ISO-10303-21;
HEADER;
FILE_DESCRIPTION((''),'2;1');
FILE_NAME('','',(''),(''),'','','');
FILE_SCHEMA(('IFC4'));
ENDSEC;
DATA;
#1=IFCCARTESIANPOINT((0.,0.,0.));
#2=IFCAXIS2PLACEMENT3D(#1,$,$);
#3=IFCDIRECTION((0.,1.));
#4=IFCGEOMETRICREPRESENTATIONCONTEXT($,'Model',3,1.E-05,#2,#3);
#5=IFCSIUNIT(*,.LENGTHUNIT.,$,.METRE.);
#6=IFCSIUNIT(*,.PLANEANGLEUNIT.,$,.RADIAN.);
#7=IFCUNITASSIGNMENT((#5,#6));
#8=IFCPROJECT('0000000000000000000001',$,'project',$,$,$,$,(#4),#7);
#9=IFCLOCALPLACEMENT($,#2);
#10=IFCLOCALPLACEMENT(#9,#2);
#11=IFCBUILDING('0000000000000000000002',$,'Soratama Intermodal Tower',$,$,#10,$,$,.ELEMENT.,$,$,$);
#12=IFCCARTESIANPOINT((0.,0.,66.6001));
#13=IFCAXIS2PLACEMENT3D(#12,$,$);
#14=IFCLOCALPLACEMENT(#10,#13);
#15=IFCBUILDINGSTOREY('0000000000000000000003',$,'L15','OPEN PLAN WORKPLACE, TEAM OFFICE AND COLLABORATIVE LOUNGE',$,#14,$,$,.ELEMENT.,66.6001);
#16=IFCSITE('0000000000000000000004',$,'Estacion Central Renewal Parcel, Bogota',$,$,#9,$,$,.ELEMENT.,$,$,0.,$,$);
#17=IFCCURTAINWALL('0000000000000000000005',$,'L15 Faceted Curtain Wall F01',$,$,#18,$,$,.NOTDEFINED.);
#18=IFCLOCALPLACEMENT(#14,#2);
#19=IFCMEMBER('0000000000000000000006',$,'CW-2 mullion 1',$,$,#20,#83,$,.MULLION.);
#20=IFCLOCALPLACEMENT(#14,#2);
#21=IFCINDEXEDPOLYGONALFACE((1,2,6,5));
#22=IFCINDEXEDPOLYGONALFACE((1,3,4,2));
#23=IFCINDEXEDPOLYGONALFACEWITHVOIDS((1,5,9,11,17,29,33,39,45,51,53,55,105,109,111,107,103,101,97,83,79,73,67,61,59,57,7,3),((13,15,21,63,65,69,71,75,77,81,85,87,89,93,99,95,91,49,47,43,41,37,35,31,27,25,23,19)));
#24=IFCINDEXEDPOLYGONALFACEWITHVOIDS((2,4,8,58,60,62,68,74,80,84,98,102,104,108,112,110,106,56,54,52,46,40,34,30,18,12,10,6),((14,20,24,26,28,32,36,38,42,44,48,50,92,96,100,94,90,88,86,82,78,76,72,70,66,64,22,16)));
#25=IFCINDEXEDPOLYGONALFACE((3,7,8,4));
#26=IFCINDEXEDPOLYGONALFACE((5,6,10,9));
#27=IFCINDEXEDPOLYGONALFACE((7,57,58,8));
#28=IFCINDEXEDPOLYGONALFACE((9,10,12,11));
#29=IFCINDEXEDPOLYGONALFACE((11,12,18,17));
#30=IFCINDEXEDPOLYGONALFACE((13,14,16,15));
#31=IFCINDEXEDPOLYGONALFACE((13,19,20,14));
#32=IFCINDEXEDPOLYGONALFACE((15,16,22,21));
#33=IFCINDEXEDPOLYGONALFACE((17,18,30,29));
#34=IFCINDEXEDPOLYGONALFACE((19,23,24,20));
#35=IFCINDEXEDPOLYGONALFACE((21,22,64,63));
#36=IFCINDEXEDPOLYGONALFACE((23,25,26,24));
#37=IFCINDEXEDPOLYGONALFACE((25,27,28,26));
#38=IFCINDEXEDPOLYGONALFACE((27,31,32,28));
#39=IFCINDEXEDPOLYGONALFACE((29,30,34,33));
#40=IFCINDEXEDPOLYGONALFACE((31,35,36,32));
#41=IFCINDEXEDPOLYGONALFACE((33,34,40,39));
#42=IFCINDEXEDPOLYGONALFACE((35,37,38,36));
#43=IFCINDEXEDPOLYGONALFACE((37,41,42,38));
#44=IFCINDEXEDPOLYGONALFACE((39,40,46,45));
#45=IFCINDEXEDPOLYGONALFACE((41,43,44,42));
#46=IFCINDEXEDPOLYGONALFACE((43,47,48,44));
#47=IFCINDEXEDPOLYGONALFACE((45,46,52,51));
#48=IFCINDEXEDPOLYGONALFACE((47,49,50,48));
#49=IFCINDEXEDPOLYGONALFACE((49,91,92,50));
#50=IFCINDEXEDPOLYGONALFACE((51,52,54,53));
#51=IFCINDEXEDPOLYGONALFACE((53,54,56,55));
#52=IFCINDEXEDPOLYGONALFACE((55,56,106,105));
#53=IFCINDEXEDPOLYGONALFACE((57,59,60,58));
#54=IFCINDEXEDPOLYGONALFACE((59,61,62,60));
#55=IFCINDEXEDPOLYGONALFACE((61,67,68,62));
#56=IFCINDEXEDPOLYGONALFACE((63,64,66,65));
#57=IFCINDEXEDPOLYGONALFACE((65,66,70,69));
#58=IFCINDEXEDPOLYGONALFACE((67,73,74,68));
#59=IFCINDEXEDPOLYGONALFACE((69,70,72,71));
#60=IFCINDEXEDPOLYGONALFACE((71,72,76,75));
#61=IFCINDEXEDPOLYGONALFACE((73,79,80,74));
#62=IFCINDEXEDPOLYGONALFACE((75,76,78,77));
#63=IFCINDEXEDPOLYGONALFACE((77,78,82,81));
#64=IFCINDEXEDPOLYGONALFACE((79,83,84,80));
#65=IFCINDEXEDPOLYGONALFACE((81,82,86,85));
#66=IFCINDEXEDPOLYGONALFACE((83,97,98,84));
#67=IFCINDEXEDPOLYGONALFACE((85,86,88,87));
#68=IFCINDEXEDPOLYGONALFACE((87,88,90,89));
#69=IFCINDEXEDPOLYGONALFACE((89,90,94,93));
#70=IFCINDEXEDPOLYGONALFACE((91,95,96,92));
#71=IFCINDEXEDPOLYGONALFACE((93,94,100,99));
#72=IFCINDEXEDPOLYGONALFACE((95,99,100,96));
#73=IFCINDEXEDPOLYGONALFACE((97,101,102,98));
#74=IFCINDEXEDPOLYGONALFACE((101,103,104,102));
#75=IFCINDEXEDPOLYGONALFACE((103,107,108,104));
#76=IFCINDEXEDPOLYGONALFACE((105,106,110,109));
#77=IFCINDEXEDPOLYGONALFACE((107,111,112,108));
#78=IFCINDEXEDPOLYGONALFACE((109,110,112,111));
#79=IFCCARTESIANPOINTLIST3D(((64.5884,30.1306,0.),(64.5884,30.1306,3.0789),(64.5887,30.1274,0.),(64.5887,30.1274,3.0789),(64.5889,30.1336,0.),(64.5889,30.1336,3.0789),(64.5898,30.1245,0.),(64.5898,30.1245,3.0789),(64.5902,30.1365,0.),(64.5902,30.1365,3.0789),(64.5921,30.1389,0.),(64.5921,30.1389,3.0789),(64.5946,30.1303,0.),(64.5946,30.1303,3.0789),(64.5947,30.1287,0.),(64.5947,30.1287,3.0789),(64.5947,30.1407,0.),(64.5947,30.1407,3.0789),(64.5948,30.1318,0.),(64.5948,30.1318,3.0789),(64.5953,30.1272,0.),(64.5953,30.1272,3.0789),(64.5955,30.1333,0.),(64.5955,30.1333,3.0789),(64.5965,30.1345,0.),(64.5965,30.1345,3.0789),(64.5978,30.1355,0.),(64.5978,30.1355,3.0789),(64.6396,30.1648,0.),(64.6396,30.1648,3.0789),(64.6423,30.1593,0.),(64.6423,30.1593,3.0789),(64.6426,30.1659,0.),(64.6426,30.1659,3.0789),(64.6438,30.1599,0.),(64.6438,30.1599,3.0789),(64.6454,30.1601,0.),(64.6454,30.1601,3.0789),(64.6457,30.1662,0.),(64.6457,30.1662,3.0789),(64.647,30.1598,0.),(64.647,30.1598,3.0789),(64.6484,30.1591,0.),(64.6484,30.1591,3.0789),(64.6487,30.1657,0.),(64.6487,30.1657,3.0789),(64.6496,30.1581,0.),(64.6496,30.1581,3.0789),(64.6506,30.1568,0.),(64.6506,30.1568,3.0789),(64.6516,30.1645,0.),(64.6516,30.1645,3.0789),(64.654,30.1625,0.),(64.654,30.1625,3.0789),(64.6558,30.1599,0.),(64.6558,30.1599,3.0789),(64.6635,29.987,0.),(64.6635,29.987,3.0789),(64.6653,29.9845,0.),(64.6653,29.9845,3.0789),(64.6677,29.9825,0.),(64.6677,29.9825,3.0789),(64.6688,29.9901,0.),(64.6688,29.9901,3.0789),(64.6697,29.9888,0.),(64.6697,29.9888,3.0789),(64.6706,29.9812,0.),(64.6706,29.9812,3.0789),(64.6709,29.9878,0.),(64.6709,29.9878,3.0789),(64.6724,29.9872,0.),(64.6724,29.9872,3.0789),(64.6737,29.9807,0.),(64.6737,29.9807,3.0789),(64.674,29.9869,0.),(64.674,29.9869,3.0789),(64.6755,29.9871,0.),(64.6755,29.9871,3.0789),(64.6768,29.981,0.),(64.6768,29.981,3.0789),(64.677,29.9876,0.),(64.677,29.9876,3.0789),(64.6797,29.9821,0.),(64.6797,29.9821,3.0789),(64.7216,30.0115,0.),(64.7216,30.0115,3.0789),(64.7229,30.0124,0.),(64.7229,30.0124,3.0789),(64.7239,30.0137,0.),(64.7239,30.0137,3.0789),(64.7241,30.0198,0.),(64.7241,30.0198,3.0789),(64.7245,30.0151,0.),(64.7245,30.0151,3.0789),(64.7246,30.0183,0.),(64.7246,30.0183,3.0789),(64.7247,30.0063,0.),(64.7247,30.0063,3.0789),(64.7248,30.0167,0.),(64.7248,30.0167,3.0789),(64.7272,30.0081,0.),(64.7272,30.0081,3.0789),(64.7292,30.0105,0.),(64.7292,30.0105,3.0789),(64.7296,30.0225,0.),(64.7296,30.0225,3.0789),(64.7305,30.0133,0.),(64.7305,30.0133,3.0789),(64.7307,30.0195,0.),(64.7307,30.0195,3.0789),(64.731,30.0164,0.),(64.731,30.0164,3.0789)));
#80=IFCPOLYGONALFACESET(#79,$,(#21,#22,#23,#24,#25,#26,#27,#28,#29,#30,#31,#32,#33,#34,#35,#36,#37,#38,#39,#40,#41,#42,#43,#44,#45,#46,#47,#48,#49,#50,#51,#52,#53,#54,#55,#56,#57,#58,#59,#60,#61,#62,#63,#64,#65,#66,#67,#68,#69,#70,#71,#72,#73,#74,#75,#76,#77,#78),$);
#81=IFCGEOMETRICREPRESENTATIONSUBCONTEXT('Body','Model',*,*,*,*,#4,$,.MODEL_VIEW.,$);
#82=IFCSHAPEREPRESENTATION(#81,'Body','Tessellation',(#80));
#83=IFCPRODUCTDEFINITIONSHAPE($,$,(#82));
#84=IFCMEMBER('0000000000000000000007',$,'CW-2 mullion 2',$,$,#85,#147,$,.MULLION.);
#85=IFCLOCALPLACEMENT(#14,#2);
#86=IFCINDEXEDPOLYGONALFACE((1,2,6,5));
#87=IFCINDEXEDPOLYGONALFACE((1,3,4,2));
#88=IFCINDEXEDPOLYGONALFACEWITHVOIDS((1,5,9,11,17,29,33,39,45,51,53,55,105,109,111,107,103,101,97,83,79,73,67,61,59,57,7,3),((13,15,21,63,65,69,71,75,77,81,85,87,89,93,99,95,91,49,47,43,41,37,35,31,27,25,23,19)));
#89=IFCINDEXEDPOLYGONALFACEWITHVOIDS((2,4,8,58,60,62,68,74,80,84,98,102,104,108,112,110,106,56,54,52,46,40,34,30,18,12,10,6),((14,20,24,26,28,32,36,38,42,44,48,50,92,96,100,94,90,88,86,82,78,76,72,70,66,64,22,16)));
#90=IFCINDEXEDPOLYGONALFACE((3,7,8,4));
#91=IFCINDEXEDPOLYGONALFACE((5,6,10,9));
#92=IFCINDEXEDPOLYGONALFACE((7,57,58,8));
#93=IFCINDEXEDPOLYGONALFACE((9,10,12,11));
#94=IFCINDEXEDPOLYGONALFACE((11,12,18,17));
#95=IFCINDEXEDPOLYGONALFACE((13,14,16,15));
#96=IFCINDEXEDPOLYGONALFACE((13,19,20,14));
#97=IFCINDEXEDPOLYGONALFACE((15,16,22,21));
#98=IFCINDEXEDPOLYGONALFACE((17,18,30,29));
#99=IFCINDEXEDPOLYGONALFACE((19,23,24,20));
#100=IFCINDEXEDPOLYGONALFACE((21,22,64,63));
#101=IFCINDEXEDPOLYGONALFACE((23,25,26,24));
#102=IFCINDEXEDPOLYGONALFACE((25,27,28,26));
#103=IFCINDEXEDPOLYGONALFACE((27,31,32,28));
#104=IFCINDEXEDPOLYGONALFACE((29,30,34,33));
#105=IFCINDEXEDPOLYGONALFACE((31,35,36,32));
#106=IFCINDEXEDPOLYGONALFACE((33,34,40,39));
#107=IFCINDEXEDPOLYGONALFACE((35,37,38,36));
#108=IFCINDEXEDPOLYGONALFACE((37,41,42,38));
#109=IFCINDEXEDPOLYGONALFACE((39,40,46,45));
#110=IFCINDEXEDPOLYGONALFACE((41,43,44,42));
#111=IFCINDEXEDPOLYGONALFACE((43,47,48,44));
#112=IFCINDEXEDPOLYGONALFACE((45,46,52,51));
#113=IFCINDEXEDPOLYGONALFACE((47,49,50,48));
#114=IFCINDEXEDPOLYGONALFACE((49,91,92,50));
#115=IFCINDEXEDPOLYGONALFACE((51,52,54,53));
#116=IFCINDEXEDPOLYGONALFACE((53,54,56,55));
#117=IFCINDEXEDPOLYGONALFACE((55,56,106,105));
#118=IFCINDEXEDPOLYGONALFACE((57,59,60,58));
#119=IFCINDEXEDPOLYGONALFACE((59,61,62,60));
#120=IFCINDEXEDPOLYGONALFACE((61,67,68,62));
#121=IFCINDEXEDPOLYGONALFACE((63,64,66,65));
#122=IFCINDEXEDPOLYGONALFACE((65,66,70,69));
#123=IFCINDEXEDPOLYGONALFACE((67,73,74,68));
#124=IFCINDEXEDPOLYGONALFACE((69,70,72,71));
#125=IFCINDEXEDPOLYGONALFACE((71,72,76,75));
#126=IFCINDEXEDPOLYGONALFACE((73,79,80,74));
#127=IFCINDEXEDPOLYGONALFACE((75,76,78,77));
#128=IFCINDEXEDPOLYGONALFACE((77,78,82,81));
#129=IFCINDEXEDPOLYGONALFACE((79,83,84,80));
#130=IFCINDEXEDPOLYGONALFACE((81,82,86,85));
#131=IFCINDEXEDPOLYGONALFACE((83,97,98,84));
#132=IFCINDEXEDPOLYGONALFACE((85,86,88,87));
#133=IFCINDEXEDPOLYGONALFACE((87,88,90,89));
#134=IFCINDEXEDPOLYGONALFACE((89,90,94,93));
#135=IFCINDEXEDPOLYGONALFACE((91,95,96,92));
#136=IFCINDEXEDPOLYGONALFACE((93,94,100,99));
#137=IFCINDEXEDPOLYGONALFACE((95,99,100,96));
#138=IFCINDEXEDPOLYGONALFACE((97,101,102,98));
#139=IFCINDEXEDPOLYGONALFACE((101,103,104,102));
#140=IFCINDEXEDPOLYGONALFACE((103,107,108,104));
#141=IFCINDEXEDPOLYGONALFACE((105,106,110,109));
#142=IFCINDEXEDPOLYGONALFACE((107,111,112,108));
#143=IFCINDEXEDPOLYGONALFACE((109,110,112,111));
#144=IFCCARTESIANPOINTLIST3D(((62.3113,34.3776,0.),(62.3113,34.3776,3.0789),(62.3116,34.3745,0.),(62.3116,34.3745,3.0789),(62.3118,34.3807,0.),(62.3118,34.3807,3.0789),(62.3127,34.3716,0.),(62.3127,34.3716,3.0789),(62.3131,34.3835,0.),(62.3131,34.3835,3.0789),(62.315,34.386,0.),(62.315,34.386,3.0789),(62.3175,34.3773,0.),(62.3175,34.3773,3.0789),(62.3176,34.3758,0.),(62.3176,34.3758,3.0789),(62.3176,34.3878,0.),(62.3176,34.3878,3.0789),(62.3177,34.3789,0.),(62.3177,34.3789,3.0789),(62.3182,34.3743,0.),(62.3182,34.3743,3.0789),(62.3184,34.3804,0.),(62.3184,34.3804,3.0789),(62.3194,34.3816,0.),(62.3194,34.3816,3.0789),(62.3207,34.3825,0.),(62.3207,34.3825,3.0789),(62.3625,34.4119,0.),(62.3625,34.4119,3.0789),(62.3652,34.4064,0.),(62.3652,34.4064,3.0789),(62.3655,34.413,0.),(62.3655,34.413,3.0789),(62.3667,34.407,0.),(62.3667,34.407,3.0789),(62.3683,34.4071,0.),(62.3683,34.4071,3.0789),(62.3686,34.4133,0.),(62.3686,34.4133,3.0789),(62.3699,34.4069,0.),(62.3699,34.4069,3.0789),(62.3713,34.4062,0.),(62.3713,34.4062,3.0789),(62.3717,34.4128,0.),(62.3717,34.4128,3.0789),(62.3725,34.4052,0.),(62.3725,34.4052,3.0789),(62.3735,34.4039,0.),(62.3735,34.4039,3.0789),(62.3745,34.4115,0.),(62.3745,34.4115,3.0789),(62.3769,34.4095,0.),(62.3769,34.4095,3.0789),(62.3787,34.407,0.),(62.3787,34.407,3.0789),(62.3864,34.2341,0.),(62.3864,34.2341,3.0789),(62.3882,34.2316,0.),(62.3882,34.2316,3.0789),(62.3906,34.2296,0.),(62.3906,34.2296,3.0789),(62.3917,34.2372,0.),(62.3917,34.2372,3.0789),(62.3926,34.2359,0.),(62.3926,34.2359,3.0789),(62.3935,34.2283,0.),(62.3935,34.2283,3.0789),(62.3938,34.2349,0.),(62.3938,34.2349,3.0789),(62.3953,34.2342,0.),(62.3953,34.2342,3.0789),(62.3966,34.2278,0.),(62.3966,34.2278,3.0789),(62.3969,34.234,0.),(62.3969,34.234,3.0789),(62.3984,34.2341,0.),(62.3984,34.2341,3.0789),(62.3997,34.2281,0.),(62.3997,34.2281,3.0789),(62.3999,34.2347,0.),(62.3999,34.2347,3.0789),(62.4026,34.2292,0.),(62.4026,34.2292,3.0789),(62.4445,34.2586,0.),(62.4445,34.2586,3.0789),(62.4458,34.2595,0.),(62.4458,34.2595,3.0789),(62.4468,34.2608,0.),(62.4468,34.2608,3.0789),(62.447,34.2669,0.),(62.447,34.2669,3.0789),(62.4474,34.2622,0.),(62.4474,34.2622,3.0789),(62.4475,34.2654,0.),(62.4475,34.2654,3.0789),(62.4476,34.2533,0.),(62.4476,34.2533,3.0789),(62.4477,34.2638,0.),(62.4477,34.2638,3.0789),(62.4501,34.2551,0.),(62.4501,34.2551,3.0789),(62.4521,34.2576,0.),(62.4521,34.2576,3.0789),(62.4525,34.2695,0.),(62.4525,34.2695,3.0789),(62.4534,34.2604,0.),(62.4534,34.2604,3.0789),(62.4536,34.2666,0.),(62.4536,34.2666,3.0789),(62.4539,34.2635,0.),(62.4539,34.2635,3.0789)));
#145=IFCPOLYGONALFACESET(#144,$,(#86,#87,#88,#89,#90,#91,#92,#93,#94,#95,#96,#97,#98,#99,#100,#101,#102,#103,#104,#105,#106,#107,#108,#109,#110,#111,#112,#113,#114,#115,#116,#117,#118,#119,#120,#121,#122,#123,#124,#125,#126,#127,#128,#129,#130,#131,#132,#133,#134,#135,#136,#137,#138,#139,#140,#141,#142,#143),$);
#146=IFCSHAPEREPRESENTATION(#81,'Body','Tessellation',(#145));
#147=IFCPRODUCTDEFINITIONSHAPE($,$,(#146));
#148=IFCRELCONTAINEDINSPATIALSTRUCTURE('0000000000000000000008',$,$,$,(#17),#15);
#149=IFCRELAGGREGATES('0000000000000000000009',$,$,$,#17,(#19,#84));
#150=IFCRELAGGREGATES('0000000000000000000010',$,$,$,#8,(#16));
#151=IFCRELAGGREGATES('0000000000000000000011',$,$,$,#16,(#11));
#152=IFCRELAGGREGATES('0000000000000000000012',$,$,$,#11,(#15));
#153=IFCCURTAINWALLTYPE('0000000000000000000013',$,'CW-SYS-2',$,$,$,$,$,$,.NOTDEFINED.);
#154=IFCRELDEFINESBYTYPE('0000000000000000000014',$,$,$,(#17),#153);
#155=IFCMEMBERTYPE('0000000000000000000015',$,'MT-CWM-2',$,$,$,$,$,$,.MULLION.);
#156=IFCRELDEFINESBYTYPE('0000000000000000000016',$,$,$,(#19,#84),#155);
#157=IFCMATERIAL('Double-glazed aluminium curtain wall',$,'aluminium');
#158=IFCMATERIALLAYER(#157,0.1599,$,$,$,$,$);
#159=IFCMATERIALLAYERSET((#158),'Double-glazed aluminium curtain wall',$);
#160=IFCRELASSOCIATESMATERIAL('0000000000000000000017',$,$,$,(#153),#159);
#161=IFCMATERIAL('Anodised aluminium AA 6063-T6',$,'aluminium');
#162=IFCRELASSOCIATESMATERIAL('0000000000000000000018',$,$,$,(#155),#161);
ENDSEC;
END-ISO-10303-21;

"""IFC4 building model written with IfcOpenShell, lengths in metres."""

from ifc_helpers import new_model, si_unit, direction, frame, origin, origin_2d, place, context, subcontext, project, spatial, hollow_rectangle, extrude, material, layer, layer_set, material_profile, profile_set, type_object, element, aggregate, save


model = new_model("IFC4")

# Units and contexts
model_context = context("Model", 3, precision=1e-05, world=origin(), true_north=direction((0.0, 1.0)))
body_context = subcontext(model_context, "Body", "Model", "MODEL_VIEW")
ifc_project = project(units=[si_unit("LENGTHUNIT", "METRE"), si_unit("PLANEANGLEUNIT", "RADIAN")], contexts=[model_context])

# Site, building, storey
site_placement = place(None, origin())
site = spatial("IfcSite", under=ifc_project, at=site_placement, Name="Estacion Central Renewal Parcel, Bogota", CompositionType="ELEMENT", RefElevation=0.0)
building_placement = place(site_placement, origin())
building = spatial("IfcBuilding", under=site, at=building_placement, Name="Soratama Intermodal Tower", CompositionType="ELEMENT")
storey_placement = place(building_placement, frame((0.0, 0.0, 66.6001)))
storey = spatial("IfcBuildingStorey", under=building, at=storey_placement, Name="L15", Description="OPEN PLAN WORKPLACE, TEAM OFFICE AND COLLABORATIVE LOUNGE", CompositionType="ELEMENT", Elevation=66.6001)

# Curtain wall, members
ifc_material_1 = material(Name="Double-glazed aluminium curtain wall", Category="aluminium")
ifc_layer_1 = layer(ifc_material_1, 0.1599)
ifc_layer_set_1 = layer_set([ifc_layer_1], Name="Double-glazed aluminium curtain wall")
curtain_wall_type = type_object("IfcCurtainWallType", Name="CW-SYS-2", PredefinedType="NOTDEFINED", material=ifc_layer_set_1)
curtain_wall_placement = place(storey_placement, origin())
curtain_wall = element("IfcCurtainWall", 1, at=curtain_wall_placement, inside=storey, type_object=curtain_wall_type, Name="L15 Faceted Curtain Wall F01", PredefinedType="NOTDEFINED")
ifc_material_2 = material(Name="Anodised aluminium AA 6063-T6", Category="aluminium")
ifc_material_profile_1 = material_profile(ifc_material_2, hollow_rectangle(XDim=0.075, YDim=0.1799, WallThickness=0.0061, InnerFilletRadius=0.0061, OuterFilletRadius=0.012, at=origin_2d()), Name="CWM180X75X6")
ifc_profile_set_1 = profile_set([ifc_material_profile_1], Name="Anodised aluminium AA 6063-T6")
member_type_1 = type_object("IfcMemberType", Name="MT-CWM-2", PredefinedType="MULLION", material=ifc_profile_set_1)
member_1_placement = place(storey_placement, frame((64.6597, 30.0735, 0.0), z_axis=(0.0, 0.0, 1.0), x_axis=(-0.881304, -0.47255, 0.0)))
member_1 = element("IfcMember", 2, at=member_1_placement, type_object=member_type_1, Name="CW-2 mullion 1", PredefinedType="MULLION", context=body_context, shape_type="SweptSolid", body=[
    extrude(hollow_rectangle(XDim=0.075, YDim=0.1799, WallThickness=0.0061, InnerFilletRadius=0.0061, OuterFilletRadius=0.012, at=origin_2d()), origin(), (0.0, 0.0, 1.0), 3.0789),
])
member_2_placement = place(storey_placement, frame((62.3826, 34.3206, 0.0), z_axis=(0.0, 0.0, 1.0), x_axis=(-0.881304, -0.47255, 0.0)))
member_2 = element("IfcMember", 3, at=member_2_placement, type_object=member_type_1, Name="CW-2 mullion 2", PredefinedType="MULLION", context=body_context, shape_type="SweptSolid", body=[
    extrude(hollow_rectangle(XDim=0.075, YDim=0.1799, WallThickness=0.0061, InnerFilletRadius=0.0061, OuterFilletRadius=0.012, at=origin_2d()), origin(), (0.0, 0.0, 1.0), 3.0789),
])
aggregate(curtain_wall, [member_1, member_2])

save(model, "model.ifc")
